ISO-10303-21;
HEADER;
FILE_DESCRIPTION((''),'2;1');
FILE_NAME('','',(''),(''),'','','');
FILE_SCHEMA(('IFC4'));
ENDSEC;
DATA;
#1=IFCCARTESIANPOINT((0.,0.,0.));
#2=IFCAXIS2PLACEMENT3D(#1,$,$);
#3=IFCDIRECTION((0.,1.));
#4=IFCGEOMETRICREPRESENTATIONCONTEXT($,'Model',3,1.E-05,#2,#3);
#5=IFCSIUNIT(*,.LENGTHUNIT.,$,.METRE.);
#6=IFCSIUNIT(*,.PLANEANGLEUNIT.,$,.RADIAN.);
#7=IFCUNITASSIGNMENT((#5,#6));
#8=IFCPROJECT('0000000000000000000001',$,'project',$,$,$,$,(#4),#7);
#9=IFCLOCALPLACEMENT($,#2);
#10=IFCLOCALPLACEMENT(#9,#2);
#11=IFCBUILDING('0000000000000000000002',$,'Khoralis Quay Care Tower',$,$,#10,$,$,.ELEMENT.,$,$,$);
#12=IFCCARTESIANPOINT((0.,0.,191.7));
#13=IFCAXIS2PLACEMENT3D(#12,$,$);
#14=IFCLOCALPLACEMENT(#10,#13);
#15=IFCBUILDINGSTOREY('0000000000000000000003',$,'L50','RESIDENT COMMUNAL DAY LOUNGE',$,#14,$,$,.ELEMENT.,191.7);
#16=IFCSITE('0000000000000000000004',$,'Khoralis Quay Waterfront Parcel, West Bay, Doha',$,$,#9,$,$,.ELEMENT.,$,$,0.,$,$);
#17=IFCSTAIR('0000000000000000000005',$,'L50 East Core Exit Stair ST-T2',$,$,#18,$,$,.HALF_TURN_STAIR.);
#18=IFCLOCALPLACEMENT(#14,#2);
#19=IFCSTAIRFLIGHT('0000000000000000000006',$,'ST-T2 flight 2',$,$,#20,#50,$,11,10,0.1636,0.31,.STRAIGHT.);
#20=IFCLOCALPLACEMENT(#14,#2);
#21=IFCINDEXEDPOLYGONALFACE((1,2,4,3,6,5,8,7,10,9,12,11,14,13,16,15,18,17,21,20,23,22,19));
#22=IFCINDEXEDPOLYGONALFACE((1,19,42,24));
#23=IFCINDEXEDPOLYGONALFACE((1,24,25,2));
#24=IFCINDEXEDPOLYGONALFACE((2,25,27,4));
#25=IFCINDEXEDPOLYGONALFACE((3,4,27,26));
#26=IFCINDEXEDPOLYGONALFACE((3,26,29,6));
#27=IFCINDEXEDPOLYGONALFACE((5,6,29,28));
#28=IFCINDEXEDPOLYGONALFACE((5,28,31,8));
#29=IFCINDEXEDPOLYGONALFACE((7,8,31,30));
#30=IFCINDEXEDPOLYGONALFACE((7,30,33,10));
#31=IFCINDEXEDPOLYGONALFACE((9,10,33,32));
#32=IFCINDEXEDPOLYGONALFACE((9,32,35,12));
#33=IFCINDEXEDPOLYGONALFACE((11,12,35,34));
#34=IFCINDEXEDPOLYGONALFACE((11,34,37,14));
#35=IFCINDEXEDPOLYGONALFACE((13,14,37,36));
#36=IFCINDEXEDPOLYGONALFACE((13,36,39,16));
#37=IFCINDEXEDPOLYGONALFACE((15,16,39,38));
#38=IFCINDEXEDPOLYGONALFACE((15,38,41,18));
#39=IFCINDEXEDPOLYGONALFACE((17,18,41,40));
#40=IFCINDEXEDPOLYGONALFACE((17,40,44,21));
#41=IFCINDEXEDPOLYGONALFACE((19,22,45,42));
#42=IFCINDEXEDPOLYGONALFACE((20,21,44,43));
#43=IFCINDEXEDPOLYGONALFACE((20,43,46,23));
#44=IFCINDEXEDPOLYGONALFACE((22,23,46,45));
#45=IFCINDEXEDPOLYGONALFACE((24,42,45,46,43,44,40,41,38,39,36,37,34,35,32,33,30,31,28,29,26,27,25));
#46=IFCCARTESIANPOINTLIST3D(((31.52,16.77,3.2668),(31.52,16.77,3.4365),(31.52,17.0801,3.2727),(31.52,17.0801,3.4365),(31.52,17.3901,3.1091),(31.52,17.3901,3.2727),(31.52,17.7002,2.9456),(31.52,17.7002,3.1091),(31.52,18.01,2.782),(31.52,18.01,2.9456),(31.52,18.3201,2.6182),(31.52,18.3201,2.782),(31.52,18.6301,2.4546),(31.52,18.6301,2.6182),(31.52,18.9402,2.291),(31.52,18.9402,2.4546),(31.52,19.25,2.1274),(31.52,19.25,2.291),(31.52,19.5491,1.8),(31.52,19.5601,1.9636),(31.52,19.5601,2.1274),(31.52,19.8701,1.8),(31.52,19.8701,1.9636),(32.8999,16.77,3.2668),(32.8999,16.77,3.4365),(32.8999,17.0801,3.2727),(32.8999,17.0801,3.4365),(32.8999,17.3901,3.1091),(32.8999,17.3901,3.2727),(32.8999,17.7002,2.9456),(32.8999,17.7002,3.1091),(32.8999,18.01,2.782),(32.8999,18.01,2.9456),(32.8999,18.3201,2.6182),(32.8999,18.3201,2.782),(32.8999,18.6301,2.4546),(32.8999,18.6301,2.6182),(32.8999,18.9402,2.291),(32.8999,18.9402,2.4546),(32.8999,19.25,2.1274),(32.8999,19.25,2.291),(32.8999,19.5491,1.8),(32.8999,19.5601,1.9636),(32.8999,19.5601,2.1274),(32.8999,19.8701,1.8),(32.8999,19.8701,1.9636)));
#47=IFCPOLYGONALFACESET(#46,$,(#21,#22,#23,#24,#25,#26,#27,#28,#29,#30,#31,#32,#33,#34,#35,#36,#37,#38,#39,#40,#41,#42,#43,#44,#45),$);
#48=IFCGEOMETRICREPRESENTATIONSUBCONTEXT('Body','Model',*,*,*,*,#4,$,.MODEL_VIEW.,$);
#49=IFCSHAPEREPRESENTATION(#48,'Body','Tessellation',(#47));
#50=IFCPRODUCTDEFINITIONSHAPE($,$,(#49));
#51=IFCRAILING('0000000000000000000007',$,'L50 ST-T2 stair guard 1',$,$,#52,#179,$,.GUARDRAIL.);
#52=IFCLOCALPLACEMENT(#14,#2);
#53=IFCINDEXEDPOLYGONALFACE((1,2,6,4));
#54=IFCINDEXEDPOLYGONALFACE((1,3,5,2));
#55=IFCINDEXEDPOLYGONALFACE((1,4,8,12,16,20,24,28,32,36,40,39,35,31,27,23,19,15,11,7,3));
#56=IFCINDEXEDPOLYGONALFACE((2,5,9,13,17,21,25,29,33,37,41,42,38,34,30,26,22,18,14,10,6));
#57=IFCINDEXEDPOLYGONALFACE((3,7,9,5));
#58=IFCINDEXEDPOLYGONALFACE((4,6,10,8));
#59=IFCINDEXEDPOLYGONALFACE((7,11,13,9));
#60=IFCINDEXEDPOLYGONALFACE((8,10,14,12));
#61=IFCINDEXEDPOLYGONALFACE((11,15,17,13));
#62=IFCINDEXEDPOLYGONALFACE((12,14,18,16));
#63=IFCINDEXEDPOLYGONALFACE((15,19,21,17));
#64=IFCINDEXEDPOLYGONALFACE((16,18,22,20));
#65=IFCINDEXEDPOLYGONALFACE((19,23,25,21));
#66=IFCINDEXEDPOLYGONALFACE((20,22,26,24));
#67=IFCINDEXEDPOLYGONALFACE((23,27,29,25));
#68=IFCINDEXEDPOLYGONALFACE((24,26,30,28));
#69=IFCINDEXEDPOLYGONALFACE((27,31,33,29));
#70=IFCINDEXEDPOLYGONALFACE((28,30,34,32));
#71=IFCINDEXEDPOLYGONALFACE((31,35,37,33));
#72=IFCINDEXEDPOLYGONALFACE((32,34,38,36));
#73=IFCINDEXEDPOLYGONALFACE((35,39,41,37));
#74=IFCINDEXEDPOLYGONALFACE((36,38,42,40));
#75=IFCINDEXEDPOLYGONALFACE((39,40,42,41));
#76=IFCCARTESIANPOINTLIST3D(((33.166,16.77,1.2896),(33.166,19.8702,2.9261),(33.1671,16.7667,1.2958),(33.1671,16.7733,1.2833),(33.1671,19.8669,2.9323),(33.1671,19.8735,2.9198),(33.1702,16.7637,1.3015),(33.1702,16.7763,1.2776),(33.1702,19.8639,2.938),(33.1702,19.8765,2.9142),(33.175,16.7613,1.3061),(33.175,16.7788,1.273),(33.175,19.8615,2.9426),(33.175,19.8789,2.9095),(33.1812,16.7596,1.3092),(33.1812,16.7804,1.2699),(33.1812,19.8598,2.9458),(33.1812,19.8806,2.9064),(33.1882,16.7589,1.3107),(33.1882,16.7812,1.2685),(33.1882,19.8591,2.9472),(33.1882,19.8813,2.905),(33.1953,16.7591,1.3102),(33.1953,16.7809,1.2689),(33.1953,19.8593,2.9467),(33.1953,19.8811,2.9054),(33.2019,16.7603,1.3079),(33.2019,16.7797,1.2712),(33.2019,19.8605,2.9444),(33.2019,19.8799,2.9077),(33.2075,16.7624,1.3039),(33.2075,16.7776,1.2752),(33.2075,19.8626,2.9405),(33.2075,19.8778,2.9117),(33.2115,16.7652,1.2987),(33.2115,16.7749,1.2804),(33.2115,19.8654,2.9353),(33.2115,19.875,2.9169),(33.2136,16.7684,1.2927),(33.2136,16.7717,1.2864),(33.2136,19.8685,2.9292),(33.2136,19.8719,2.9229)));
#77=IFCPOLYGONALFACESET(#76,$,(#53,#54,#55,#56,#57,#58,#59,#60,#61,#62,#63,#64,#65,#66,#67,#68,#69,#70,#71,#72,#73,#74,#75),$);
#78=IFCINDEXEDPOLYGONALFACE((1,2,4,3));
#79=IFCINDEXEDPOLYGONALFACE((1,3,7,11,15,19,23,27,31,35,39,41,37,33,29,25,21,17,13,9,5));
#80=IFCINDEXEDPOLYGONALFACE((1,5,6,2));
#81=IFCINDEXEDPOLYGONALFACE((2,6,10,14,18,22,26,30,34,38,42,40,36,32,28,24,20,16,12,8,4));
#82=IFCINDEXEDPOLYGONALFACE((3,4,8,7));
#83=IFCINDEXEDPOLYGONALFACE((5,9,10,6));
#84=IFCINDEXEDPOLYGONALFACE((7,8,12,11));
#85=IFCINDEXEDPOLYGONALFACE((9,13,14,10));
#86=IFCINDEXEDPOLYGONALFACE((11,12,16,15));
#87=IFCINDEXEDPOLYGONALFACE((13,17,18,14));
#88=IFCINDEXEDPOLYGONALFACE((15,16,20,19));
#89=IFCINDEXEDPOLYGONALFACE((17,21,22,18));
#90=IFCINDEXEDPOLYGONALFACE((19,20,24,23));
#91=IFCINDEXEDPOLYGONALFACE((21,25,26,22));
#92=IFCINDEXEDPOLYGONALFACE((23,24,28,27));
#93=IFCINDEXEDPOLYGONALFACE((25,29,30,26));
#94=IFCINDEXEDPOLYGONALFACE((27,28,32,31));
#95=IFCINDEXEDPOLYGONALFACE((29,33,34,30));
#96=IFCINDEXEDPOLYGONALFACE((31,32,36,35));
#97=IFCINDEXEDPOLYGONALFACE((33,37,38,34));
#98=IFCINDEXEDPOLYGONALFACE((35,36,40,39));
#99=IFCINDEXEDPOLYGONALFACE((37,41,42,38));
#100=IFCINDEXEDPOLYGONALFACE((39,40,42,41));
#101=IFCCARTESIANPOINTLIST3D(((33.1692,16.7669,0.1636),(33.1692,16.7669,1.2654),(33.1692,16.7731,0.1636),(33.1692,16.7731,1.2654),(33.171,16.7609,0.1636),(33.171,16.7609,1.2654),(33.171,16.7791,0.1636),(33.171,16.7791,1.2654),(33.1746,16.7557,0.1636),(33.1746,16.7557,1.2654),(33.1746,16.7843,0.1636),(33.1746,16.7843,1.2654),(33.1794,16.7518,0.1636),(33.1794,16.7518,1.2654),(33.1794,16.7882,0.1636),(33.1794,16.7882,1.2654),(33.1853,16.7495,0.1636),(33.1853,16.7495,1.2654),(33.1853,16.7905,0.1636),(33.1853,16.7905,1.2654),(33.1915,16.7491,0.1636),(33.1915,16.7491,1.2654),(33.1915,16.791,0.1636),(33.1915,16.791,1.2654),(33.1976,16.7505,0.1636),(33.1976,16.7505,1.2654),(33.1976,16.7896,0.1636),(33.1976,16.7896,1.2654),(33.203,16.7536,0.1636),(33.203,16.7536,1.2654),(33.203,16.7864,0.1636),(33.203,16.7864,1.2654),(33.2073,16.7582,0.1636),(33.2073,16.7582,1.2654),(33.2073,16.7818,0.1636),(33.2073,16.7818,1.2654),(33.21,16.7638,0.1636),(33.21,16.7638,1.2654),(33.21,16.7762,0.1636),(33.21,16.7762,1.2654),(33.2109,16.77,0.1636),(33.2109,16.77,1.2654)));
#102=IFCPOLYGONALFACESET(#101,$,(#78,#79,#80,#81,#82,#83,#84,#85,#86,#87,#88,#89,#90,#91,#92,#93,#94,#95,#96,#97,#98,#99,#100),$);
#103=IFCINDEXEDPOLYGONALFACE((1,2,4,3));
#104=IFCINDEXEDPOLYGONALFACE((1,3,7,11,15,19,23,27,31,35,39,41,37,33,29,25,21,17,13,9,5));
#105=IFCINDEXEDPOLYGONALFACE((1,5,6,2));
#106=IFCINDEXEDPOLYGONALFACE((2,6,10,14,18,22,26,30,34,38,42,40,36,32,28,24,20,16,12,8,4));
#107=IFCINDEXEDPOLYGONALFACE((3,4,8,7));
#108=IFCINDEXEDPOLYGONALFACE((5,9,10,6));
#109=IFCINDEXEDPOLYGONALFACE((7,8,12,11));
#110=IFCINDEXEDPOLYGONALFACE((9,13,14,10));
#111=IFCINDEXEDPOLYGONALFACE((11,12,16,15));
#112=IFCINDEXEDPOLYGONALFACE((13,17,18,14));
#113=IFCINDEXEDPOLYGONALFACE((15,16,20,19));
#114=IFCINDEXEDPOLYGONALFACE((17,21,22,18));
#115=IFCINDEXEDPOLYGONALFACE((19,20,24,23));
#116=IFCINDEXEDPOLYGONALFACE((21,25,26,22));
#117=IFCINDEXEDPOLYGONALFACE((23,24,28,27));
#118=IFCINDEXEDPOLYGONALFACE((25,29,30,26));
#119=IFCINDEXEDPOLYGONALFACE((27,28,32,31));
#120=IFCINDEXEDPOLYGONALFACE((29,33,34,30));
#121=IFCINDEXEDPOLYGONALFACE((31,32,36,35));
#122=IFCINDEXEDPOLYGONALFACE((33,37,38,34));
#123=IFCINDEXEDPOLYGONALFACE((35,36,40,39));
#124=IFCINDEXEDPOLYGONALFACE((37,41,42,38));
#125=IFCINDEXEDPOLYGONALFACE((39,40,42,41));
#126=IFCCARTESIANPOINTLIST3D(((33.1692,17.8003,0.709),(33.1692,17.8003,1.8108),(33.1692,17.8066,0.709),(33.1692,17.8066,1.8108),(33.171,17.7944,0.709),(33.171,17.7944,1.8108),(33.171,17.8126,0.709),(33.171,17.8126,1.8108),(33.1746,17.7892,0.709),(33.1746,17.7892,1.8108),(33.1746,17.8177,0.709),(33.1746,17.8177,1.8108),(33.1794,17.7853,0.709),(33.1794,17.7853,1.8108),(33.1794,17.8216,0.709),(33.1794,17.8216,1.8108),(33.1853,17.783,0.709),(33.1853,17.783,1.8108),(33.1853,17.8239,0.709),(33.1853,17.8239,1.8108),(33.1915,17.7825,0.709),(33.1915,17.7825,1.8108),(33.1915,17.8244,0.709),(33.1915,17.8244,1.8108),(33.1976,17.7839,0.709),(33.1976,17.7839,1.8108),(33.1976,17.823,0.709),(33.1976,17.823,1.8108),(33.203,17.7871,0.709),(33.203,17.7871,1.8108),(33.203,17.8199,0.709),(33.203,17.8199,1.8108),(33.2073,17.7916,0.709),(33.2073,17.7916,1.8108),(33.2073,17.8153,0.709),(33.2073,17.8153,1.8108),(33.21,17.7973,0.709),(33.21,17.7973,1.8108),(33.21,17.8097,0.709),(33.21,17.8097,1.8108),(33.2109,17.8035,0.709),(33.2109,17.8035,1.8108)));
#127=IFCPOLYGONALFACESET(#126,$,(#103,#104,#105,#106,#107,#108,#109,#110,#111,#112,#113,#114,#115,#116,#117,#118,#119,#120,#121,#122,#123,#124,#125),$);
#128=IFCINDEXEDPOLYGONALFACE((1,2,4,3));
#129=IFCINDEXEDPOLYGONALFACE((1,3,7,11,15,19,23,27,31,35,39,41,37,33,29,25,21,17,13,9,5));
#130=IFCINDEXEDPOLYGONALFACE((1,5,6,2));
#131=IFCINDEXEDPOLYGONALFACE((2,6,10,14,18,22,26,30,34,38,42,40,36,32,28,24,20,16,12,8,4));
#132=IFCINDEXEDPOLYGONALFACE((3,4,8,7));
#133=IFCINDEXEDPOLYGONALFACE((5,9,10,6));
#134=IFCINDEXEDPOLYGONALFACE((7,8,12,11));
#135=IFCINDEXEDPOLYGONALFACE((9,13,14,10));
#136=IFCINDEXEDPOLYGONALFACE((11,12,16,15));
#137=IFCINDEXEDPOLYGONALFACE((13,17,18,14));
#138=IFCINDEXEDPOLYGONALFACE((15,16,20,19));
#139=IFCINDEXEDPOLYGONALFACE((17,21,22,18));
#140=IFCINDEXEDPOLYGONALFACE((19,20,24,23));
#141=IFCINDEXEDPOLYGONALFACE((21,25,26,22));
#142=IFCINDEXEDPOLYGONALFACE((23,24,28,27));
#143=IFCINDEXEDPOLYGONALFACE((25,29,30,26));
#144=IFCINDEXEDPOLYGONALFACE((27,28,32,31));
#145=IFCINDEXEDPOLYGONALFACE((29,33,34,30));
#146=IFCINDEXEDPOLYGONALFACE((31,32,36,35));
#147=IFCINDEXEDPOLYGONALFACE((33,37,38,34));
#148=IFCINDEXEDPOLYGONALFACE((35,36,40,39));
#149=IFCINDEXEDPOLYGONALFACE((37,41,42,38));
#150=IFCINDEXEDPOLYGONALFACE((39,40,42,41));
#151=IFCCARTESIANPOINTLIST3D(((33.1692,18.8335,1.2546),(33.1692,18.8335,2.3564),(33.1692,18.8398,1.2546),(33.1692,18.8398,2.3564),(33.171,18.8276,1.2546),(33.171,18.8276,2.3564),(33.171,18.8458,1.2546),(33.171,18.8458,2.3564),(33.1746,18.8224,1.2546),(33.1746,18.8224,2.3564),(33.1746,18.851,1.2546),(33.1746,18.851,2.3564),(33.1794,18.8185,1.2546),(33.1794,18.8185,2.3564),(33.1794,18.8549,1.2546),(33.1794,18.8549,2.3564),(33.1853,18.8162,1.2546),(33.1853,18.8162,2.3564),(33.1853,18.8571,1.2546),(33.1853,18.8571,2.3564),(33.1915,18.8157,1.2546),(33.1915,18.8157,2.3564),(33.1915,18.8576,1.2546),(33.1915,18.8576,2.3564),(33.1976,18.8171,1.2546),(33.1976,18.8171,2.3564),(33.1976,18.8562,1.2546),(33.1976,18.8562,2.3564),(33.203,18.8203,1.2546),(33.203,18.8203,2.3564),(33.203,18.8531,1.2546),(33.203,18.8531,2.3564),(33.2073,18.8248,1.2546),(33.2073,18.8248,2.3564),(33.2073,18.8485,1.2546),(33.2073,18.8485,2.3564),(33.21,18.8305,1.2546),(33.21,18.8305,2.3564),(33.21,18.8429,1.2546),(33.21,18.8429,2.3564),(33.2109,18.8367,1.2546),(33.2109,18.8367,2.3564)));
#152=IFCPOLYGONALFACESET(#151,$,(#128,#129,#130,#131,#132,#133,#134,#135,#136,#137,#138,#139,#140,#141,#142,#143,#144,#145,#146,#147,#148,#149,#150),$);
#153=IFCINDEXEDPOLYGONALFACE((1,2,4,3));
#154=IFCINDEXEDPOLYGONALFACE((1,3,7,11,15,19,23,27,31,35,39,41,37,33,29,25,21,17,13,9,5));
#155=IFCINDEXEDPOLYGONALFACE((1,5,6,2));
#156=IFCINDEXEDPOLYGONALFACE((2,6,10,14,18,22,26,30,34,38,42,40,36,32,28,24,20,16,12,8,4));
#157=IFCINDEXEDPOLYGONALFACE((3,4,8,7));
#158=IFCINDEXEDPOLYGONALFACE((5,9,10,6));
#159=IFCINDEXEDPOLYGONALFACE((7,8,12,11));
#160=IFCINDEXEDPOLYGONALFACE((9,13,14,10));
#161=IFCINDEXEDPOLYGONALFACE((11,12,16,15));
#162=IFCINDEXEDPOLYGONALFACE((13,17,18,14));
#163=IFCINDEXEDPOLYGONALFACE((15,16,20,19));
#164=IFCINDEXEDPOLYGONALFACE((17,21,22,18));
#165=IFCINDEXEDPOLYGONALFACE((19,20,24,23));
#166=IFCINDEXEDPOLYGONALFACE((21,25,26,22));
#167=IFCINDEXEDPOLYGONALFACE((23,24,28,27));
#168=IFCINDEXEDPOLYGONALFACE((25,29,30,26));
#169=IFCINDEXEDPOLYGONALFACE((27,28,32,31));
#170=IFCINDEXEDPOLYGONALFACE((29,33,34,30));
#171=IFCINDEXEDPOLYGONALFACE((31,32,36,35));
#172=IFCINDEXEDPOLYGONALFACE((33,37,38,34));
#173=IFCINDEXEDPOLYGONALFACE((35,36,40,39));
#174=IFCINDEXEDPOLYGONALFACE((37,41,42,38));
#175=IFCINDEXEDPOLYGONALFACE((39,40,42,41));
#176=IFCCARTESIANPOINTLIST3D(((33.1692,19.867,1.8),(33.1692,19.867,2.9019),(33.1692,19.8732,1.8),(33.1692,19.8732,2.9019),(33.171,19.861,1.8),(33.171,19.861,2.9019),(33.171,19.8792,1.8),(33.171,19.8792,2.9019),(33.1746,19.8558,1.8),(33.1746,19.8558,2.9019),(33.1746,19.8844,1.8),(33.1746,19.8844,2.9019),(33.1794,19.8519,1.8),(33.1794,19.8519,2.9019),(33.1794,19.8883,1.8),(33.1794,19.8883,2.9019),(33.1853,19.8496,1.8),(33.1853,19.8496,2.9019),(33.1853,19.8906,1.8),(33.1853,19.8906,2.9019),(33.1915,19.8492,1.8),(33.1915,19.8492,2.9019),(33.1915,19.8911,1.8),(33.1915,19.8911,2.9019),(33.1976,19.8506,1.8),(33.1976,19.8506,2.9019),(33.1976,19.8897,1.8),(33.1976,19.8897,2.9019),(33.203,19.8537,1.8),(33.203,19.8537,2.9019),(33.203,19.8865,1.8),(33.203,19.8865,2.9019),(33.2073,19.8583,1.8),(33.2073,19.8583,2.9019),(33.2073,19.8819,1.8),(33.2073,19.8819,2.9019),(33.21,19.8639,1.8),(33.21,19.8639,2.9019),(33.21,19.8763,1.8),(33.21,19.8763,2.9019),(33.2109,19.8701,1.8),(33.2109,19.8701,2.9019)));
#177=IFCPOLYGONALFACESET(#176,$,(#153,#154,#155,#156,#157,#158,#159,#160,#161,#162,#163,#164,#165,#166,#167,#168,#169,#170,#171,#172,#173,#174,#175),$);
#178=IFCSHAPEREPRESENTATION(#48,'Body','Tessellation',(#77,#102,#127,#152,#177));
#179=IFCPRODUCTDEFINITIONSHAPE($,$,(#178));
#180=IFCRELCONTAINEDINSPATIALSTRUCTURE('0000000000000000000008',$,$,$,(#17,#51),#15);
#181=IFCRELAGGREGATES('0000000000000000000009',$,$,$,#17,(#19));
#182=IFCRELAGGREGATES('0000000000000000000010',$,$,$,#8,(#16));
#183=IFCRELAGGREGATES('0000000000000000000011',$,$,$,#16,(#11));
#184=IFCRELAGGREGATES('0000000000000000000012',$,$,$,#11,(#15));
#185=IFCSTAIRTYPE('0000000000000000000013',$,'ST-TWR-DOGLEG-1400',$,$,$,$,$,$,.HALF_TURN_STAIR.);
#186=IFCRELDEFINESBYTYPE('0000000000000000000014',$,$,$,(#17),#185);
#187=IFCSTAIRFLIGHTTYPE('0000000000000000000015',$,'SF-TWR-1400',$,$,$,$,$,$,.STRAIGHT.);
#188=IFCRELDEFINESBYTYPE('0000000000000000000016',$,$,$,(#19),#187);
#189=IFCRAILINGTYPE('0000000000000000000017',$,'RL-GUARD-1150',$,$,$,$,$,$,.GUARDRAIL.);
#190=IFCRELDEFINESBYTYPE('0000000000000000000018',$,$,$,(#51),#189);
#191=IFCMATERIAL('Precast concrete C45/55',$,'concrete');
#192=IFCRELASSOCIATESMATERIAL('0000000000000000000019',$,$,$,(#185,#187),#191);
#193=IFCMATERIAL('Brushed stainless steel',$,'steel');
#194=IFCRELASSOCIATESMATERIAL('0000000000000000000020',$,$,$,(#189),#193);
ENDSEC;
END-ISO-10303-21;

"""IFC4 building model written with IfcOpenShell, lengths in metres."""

from ifc_helpers import new_model, si_unit, direction, frame, origin, origin_2d, place, context, subcontext, project, spatial, polyline, circle, outline, extrude, source, transform, mapped, material, type_object, element, aggregate, save


model = new_model("IFC4")

# Units and contexts
model_context = context("Model", 3, precision=1e-05, world=origin(), true_north=direction((0.0, 1.0)))
body_context = subcontext(model_context, "Body", "Model", "MODEL_VIEW")
ifc_project = project(units=[si_unit("LENGTHUNIT", "METRE"), si_unit("PLANEANGLEUNIT", "RADIAN")], contexts=[model_context])

# Site, building, storey
site_placement = place(None, origin())
site = spatial("IfcSite", under=ifc_project, at=site_placement, Name="Khoralis Quay Waterfront Parcel, West Bay, Doha", CompositionType="ELEMENT", RefElevation=0.0)
building_placement = place(site_placement, origin())
building = spatial("IfcBuilding", under=site, at=building_placement, Name="Khoralis Quay Care Tower", CompositionType="ELEMENT")
storey_placement = place(building_placement, frame((0.0, 0.0, 191.7)))
storey = spatial("IfcBuildingStorey", under=building, at=storey_placement, Name="L50", Description="RESIDENT COMMUNAL DAY LOUNGE", CompositionType="ELEMENT", Elevation=191.7)

# Shared definitions
ifc_material_1 = material(Name="Brushed stainless steel", Category="steel")

# Shared definitions
ifc_material_2 = material(Name="Precast concrete C45/55", Category="concrete")

# Stair, stair flight
stair_type = type_object("IfcStairType", Name="ST-TWR-DOGLEG-1400", PredefinedType="HALF_TURN_STAIR", material=ifc_material_2)
stair_placement = place(storey_placement, origin())
stair = element("IfcStair", 1, at=stair_placement, inside=storey, type_object=stair_type, Name="L50 East Core Exit Stair ST-T2", PredefinedType="HALF_TURN_STAIR")
stair_flight_type = type_object("IfcStairFlightType", Name="SF-TWR-1400", PredefinedType="STRAIGHT", material=ifc_material_2)
shared_shape_1 = source(origin(), body_context, "Body", "SweptSolid", [
    extrude(outline(polyline([(0.0, 0.0), (0.0, 0.1636), (0.3101, 0.1636), (0.3101, 0.3274), (0.6201, 0.3274), (0.6201, 0.491), (0.9299, 0.491), (0.9299, 0.6545), (1.24, 0.6545), (1.24, 0.8181), (1.55, 0.8181), (1.55, 0.9819), (1.8601, 0.9819), (1.8601, 1.1455), (2.1699, 1.1455), (2.1699, 1.3091), (2.48, 1.3091), (2.48, 1.4727), (2.79, 1.4727), (2.79, 1.6365), (3.1001, 1.6365), (3.1001, 1.8), (3.1001, 1.4668), (0.321, 0.0), (0.0, 0.0)])), frame((0.0, 0.6899, 0.0), z_axis=(0.0, -1.0, 0.0), x_axis=(1.0, 0.0, 0.0)), (0.0, 0.0, 1.0), 1.3799),
])
stair_flight_1_placement = place(storey_placement, frame((32.21, 19.8701, 1.8), z_axis=(0.0, 0.0, 1.0), x_axis=(0.0, -1.0, 0.0)))
stair_flight_1 = element("IfcStairFlight", 2, at=stair_flight_1_placement, type_object=stair_flight_type, Name="ST-T2 flight 2", NumberOfRisers=11, NumberOfTreads=10, PredefinedType="STRAIGHT", RiserHeight=0.1636, TreadLength=0.31, context=body_context, shape_type="MappedRepresentation", body=[
    mapped(shared_shape_1, transform((0.0, 0.0, 0.0), scale=1.0)),
])
aggregate(stair, [stair_flight_1])

# Railing
railing_type_1 = type_object("IfcRailingType", Name="RL-GUARD-1150", PredefinedType="GUARDRAIL", material=ifc_material_1)
railing_1_placement = place(storey_placement, frame((33.1899, 16.77, 0.1636)))
element("IfcRailing", 3, at=railing_1_placement, inside=storey, type_object=railing_type_1, Name="L50 ST-T2 stair guard 1", PredefinedType="GUARDRAIL", context=body_context, shape_type="SweptSolid", body=[
    extrude(circle(Radius=0.0239, at=origin_2d()), frame((0.0, 0.0, 1.126), z_axis=(0.0, 0.884348, 0.466828), x_axis=(-1.0, 0.0, 0.0)), (0.0, 0.0, 1.0), 3.5056),
    extrude(circle(Radius=0.021, at=origin_2d()), origin(), (0.0, 0.0, 1.0), 1.1018),
    extrude(circle(Radius=0.021, at=origin_2d()), frame((0.0, 1.0334, 0.5454)), (0.0, 0.0, 1.0), 1.1018),
    extrude(circle(Radius=0.021, at=origin_2d()), frame((0.0, 2.0667, 1.0911)), (0.0, 0.0, 1.0), 1.1018),
    extrude(circle(Radius=0.021, at=origin_2d()), frame((0.0, 3.1001, 1.6365)), (0.0, 0.0, 1.0), 1.1018),
])

save(model, "model.ifc")
